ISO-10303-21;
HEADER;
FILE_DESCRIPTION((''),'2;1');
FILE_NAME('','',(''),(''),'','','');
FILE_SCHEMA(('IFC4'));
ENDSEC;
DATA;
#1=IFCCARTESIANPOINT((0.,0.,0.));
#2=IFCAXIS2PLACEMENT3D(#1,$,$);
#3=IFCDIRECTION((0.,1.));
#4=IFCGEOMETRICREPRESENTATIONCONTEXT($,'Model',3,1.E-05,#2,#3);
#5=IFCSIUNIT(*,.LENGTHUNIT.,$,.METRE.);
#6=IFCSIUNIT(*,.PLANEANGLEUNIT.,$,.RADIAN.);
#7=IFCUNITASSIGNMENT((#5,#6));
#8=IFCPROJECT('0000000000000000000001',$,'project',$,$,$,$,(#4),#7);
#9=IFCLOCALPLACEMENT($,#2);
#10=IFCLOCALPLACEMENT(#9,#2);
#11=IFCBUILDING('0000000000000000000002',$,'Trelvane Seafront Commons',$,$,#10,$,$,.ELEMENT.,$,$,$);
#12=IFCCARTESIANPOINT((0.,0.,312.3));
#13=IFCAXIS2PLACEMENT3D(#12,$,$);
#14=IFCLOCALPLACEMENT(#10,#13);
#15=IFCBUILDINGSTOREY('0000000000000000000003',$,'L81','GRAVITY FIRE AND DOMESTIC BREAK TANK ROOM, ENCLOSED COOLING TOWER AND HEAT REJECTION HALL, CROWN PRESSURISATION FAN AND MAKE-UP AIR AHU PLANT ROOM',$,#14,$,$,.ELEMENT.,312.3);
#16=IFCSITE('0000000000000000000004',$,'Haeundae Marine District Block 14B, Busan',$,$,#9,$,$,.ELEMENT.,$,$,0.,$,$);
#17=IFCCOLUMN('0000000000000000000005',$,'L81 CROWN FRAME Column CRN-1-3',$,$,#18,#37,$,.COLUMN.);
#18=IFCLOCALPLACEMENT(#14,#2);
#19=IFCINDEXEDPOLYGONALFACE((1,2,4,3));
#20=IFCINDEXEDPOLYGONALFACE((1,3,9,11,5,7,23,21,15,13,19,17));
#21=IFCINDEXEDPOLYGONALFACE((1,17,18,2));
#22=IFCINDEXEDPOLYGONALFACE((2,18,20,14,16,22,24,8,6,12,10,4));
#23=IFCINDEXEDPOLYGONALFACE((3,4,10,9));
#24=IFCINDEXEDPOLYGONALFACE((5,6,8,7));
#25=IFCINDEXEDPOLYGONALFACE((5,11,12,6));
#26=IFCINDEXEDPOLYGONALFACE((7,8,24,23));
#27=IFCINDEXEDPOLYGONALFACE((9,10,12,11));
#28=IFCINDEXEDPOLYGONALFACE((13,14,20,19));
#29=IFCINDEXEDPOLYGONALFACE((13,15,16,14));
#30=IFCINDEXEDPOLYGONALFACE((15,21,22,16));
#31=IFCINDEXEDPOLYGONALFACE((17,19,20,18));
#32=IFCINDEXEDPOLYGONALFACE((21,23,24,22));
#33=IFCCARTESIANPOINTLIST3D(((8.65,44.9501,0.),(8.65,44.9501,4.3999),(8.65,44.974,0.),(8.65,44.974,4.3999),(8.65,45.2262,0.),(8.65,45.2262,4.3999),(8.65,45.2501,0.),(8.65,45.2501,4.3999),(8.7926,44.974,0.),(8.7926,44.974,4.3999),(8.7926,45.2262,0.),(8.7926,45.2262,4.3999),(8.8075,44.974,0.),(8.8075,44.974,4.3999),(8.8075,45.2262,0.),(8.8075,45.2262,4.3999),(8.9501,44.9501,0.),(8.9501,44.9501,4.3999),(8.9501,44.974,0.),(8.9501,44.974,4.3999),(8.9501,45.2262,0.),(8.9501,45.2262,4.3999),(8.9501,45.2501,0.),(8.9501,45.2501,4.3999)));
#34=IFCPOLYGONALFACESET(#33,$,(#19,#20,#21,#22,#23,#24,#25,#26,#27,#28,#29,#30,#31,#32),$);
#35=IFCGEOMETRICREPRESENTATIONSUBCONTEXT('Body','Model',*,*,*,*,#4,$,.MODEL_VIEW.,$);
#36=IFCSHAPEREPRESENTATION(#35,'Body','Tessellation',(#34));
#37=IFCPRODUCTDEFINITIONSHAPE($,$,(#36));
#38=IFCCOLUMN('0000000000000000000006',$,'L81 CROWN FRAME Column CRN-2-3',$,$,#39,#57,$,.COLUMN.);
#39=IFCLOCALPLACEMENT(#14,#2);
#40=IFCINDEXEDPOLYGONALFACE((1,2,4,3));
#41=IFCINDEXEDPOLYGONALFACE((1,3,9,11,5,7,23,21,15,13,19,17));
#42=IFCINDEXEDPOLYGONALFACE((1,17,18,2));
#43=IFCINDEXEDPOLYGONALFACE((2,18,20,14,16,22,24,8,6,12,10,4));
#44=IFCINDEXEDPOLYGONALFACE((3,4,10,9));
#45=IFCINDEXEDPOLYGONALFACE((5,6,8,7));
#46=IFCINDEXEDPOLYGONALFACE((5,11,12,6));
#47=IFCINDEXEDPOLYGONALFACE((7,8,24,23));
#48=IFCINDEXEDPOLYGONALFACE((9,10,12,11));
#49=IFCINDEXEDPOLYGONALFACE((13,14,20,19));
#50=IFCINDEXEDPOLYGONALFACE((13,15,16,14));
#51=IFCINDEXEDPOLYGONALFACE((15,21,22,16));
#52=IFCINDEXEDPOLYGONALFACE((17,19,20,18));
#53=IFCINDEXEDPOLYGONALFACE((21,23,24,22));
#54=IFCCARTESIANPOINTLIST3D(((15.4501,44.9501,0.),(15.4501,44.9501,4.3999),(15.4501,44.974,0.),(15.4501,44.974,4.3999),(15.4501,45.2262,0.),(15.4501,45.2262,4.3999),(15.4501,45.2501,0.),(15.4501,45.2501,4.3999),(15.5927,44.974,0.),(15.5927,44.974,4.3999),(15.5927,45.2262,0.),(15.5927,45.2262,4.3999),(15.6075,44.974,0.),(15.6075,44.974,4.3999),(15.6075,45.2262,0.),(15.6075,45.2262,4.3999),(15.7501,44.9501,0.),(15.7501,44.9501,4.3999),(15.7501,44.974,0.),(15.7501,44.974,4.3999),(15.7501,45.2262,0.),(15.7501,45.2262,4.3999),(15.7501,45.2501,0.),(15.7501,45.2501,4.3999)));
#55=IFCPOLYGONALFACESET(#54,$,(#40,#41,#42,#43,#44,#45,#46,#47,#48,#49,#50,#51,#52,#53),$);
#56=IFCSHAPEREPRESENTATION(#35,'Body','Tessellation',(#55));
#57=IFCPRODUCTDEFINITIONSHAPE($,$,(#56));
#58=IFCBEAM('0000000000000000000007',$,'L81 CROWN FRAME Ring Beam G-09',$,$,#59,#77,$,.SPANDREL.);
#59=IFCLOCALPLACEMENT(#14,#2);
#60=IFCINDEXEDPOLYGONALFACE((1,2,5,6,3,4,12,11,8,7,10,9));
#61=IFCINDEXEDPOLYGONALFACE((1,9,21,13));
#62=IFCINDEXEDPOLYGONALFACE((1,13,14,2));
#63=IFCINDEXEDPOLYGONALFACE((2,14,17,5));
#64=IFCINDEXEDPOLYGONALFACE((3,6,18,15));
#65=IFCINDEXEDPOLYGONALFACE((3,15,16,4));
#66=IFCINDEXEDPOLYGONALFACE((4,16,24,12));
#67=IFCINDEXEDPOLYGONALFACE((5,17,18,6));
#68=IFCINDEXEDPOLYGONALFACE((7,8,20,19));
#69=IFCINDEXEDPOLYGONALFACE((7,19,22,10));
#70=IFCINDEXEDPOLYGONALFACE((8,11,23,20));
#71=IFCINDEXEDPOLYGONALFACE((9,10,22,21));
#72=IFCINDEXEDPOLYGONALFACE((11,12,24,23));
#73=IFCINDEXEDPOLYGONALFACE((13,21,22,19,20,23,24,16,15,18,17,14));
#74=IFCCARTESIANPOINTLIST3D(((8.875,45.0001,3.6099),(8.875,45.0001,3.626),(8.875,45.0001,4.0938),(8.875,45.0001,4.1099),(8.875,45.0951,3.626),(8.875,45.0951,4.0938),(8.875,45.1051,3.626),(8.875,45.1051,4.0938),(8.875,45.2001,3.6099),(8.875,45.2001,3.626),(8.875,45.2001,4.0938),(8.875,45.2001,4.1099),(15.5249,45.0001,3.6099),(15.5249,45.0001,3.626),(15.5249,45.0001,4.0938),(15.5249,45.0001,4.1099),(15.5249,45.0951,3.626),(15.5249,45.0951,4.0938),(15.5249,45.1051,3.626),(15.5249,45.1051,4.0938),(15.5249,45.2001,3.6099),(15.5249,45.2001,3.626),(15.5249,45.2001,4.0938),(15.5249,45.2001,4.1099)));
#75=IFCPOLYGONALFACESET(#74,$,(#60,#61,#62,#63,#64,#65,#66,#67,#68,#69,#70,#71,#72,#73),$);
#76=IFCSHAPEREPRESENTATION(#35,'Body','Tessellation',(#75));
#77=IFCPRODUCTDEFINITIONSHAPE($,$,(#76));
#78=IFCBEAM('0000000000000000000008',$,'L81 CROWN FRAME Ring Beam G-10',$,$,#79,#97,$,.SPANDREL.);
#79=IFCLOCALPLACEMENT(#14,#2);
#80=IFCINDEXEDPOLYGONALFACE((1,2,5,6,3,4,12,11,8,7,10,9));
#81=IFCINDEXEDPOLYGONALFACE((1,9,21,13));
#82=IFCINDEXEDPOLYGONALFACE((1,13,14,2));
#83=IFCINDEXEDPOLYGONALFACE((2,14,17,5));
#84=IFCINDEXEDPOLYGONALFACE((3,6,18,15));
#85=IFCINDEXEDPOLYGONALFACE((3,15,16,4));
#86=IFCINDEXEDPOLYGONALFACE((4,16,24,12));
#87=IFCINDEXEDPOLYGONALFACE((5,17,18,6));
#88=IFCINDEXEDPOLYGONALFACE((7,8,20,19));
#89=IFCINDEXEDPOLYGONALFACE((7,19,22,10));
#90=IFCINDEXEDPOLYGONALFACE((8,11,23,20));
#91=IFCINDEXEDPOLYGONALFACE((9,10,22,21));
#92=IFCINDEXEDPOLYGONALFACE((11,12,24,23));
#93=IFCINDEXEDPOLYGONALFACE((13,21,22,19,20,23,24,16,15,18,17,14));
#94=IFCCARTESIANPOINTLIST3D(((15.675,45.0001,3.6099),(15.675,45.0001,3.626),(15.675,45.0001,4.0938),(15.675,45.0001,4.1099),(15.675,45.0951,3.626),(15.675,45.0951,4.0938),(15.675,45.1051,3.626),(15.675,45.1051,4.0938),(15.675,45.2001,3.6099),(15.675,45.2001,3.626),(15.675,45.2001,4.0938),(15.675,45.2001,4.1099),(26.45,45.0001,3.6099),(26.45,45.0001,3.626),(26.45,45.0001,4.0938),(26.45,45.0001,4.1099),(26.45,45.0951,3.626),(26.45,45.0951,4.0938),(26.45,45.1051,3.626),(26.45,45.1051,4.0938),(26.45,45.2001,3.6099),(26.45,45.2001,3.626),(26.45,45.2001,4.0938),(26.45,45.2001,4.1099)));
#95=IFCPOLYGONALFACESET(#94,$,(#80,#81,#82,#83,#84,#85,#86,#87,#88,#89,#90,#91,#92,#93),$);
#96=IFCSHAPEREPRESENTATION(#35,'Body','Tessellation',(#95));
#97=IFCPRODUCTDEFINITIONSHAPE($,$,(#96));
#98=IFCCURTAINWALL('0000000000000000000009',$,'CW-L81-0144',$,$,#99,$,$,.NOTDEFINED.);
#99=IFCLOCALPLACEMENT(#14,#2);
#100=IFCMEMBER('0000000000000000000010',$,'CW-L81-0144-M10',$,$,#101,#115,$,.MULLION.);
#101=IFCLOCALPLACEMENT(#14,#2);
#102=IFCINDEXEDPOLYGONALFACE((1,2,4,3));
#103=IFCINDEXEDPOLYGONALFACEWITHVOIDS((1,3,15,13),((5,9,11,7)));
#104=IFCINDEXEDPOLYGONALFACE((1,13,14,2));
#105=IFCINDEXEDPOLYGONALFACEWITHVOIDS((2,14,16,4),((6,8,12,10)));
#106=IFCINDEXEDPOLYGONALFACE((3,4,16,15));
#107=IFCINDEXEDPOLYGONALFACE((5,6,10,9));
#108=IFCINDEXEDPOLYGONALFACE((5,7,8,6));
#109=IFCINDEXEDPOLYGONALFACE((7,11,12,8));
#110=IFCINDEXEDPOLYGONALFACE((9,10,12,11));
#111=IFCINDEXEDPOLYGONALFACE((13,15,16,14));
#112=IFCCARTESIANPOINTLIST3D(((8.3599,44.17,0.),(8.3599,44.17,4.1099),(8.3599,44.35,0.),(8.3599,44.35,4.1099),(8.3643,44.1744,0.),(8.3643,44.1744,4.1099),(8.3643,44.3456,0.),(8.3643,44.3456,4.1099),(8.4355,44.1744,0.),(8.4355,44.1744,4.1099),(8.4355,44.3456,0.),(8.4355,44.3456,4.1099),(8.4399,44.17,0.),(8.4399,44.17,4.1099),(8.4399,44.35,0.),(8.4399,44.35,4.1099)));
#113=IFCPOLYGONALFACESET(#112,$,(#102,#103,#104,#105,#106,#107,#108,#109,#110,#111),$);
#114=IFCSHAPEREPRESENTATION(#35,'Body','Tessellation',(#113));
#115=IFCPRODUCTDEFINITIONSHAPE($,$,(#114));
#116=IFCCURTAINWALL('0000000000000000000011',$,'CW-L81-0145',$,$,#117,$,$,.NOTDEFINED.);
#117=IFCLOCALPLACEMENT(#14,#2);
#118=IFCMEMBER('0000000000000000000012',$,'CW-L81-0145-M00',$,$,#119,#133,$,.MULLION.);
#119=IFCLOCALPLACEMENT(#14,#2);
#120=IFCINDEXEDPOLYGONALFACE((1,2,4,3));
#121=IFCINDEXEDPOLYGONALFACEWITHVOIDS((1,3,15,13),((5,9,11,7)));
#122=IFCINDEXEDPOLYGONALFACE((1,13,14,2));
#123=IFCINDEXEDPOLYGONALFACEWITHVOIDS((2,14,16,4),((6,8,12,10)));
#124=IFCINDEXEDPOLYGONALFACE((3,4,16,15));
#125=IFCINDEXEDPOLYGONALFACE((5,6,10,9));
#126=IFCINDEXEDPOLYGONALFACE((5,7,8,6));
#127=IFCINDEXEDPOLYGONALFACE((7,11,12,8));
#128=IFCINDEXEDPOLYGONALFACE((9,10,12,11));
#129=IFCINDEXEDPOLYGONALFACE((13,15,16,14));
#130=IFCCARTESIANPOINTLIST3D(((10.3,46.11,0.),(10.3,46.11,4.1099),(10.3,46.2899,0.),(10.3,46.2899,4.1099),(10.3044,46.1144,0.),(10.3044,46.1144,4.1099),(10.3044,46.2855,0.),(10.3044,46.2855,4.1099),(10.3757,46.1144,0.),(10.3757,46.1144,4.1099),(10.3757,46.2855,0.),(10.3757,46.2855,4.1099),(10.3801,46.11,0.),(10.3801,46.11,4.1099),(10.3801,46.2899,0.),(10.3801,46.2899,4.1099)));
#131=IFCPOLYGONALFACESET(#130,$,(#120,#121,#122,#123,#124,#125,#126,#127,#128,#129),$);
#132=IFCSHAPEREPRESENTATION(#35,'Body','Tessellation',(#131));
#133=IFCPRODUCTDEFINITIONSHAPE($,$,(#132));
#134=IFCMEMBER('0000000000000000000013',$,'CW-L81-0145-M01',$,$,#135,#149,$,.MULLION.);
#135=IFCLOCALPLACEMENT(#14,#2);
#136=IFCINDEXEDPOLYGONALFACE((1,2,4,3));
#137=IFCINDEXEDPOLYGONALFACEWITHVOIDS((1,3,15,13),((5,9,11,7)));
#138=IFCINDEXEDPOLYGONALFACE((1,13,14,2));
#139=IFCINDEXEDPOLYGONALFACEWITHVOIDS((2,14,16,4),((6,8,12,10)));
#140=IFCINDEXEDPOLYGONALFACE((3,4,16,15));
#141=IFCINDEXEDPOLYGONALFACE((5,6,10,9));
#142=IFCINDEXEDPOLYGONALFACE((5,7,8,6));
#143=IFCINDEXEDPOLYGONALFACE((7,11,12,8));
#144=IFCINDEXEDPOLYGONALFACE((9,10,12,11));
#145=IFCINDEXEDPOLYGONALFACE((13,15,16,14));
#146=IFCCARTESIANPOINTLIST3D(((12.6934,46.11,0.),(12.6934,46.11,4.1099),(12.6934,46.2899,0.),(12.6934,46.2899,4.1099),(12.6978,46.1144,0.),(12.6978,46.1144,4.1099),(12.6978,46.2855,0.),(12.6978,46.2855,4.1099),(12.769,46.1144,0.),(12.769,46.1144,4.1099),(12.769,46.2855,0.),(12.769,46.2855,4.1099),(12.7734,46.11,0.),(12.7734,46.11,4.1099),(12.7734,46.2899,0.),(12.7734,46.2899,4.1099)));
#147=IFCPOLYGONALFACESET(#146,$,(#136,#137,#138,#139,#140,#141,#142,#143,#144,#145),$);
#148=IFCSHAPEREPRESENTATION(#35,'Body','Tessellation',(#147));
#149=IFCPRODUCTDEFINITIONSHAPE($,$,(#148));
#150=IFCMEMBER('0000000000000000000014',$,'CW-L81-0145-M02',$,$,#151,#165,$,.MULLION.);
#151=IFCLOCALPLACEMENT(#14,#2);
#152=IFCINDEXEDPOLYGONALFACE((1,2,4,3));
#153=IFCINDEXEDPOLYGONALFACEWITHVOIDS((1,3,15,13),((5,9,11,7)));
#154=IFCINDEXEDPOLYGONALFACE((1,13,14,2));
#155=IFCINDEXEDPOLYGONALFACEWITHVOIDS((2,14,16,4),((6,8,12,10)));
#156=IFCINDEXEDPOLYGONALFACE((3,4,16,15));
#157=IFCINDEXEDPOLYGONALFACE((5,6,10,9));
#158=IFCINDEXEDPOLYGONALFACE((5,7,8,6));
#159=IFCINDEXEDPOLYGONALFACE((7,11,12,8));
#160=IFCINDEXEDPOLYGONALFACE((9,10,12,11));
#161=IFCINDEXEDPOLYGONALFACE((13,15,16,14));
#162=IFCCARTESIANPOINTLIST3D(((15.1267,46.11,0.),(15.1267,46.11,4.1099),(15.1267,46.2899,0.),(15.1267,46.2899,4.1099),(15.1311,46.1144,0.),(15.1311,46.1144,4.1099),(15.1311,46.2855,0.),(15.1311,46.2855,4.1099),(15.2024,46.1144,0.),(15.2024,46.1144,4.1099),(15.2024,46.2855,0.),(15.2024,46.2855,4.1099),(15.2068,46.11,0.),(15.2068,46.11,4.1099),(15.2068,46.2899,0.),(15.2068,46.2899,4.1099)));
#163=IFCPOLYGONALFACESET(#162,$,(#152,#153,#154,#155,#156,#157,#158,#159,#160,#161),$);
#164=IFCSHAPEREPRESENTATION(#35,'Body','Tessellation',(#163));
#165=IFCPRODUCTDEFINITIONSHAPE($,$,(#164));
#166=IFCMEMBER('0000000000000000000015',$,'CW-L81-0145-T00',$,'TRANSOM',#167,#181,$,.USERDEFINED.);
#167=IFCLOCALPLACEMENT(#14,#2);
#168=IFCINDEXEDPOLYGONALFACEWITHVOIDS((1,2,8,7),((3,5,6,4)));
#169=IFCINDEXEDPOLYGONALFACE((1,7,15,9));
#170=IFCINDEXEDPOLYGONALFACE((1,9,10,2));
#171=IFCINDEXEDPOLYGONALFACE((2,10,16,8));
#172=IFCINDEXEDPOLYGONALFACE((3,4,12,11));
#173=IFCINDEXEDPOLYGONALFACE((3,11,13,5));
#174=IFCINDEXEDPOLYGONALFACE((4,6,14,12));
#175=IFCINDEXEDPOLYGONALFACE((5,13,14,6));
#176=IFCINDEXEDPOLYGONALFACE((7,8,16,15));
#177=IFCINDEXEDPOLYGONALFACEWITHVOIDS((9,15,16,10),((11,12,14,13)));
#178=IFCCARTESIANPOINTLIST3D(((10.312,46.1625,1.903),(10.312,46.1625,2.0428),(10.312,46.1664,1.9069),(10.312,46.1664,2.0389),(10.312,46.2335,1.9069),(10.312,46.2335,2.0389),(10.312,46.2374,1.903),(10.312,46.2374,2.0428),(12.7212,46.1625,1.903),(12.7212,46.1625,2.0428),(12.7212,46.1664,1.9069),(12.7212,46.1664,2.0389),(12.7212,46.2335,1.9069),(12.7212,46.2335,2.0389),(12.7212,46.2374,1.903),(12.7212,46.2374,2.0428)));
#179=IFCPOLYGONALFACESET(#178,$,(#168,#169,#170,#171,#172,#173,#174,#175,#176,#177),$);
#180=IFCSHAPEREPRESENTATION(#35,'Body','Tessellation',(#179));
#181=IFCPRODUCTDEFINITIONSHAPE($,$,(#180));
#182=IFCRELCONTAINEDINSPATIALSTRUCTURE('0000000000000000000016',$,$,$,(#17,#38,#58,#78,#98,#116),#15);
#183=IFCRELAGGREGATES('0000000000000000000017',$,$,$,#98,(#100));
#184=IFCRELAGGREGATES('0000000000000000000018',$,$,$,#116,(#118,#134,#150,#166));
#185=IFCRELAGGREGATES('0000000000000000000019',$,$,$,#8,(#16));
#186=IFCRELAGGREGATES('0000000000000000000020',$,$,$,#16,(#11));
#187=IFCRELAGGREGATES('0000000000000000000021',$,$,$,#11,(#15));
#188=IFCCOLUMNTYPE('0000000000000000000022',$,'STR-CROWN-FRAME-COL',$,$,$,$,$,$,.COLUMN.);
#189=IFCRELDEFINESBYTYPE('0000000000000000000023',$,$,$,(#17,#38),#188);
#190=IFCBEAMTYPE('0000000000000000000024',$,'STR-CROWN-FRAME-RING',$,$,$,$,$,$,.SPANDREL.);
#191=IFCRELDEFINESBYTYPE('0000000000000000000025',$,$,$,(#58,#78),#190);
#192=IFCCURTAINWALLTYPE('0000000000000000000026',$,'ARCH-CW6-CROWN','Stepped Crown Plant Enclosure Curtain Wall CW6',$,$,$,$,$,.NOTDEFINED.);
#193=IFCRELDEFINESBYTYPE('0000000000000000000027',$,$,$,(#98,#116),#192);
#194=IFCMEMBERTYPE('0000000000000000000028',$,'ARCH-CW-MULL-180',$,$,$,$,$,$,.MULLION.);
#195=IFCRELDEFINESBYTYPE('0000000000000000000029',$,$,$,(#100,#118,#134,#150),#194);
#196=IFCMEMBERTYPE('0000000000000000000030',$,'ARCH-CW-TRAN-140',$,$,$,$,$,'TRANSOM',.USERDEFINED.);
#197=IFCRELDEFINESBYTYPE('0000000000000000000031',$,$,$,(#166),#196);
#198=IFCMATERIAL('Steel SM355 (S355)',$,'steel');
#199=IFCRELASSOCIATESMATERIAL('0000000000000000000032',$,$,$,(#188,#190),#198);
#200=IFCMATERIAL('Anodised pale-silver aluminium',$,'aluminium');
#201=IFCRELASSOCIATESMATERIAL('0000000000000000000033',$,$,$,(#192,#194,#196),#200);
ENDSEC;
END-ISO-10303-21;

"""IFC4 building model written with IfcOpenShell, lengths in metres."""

from ifc_helpers import new_model, si_unit, direction, frame, origin, origin_2d, place, context, subcontext, project, spatial, hollow_rectangle, i_section, extrude, source, transform, mapped, material, material_profile, profile_set, type_object, element, aggregate, save


model = new_model("IFC4")

# Units and contexts
model_context = context("Model", 3, precision=1e-05, world=origin(), true_north=direction((0.0, 1.0)))
body_context = subcontext(model_context, "Body", "Model", "MODEL_VIEW")
ifc_project = project(units=[si_unit("LENGTHUNIT", "METRE"), si_unit("PLANEANGLEUNIT", "RADIAN")], contexts=[model_context])

# Site, building, storey
site_placement = place(None, origin())
site = spatial("IfcSite", under=ifc_project, at=site_placement, Name="Haeundae Marine District Block 14B, Busan", CompositionType="ELEMENT", RefElevation=0.0)
building_placement = place(site_placement, origin())
building = spatial("IfcBuilding", under=site, at=building_placement, Name="Trelvane Seafront Commons", CompositionType="ELEMENT")
storey_placement = place(building_placement, frame((0.0, 0.0, 312.3)))
storey = spatial("IfcBuildingStorey", under=building, at=storey_placement, Name="L81", Description="GRAVITY FIRE AND DOMESTIC BREAK TANK ROOM, ENCLOSED COOLING TOWER AND HEAT REJECTION HALL, CROWN PRESSURISATION FAN AND MAKE-UP AIR AHU PLANT ROOM", CompositionType="ELEMENT", Elevation=312.3)

# Columns
ifc_material_1 = material(Name="Steel SM355 (S355)", Category="steel")
ifc_material_profile_1 = material_profile(ifc_material_1, i_section(OverallWidth=0.3, OverallDepth=0.3, WebThickness=0.0149, FlangeThickness=0.0239, at=origin_2d()), Name="HD-300x300x15x24")
ifc_profile_set_1 = profile_set([ifc_material_profile_1], Name="Steel SM355 (S355)")
column_type = type_object("IfcColumnType", Name="STR-CROWN-FRAME-COL", PredefinedType="COLUMN", material=ifc_profile_set_1)
shared_shape_1 = source(origin(), body_context, "Body", "SweptSolid", [
    extrude(i_section(OverallWidth=0.3, OverallDepth=0.3, WebThickness=0.0149, FlangeThickness=0.0239, at=origin_2d()), origin(), (0.0, 0.0, 1.0), 4.3999),
])
for number, where, z_axis, x_axis, name in (
    (1, (8.8, 45.1001, 0.0), (0.0, 0.0, 1.0), (1.0, 0.0, 0.0), "L81 CROWN FRAME Column CRN-1-3"),
    (2, (15.6001, 45.1001, 0.0), (0.0, 0.0, 1.0), (1.0, 0.0, 0.0), "L81 CROWN FRAME Column CRN-2-3"),
):
    element("IfcColumn", number, at=place(storey_placement, frame(where, z_axis=z_axis, x_axis=x_axis)), inside=storey, type_object=column_type, Name=name, PredefinedType="COLUMN", context=body_context, shape_type="MappedRepresentation", body=[
        mapped(shared_shape_1, transform((0.0, 0.0, 0.0), x_axis=(1.0, 0.0, 0.0), y_axis=(0.0, 1.0, 0.0), z_axis=(0.0, 0.0, 1.0), scale=1.0)),
    ])

# Beams
ifc_material_profile_2 = material_profile(ifc_material_1, i_section(OverallWidth=0.2, OverallDepth=0.5, WebThickness=0.01, FlangeThickness=0.0161, at=origin_2d()), Name="H-500x200x10x16")
ifc_profile_set_2 = profile_set([ifc_material_profile_2], Name="Steel SM355 (S355)")
beam_type = type_object("IfcBeamType", Name="STR-CROWN-FRAME-RING", PredefinedType="SPANDREL", material=ifc_profile_set_2)
shared_shape_2 = source(origin(), body_context, "Body", "SweptSolid", [
    extrude(i_section(OverallWidth=0.2, OverallDepth=0.5, WebThickness=0.01, FlangeThickness=0.0161, at=origin_2d()), origin(), (0.0, 0.0, 1.0), 6.6499),
])
beam_1_placement = place(storey_placement, frame((8.875, 45.1001, 3.8599), z_axis=(1.0, 0.0, 0.0), x_axis=(0.0, 1.0, 0.0)))
element("IfcBeam", 3, at=beam_1_placement, inside=storey, type_object=beam_type, Name="L81 CROWN FRAME Ring Beam G-09", PredefinedType="SPANDREL", context=body_context, shape_type="MappedRepresentation", body=[
    mapped(shared_shape_2, transform((0.0, 0.0, 0.0), x_axis=(1.0, 0.0, 0.0), y_axis=(0.0, 1.0, 0.0), z_axis=(0.0, 0.0, 1.0), scale=1.0)),
])
shared_shape_3 = source(origin(), body_context, "Body", "SweptSolid", [
    extrude(i_section(OverallWidth=0.2, OverallDepth=0.5, WebThickness=0.01, FlangeThickness=0.0161, at=origin_2d()), origin(), (0.0, 0.0, 1.0), 10.7749),
])
beam_2_placement = place(storey_placement, frame((15.675, 45.1001, 3.8599), z_axis=(1.0, 0.0, 0.0), x_axis=(0.0, 1.0, 0.0)))
element("IfcBeam", 4, at=beam_2_placement, inside=storey, type_object=beam_type, Name="L81 CROWN FRAME Ring Beam G-10", PredefinedType="SPANDREL", context=body_context, shape_type="MappedRepresentation", body=[
    mapped(shared_shape_3, transform((0.0, 0.0, 0.0), x_axis=(1.0, 0.0, 0.0), y_axis=(0.0, 1.0, 0.0), z_axis=(0.0, 0.0, 1.0), scale=1.0)),
])

# Curtain wall, member
ifc_material_2 = material(Name="Anodised pale-silver aluminium", Category="aluminium")
curtain_wall_type = type_object("IfcCurtainWallType", Name="ARCH-CW6-CROWN", Description="Stepped Crown Plant Enclosure Curtain Wall CW6", PredefinedType="NOTDEFINED", material=ifc_material_2)
curtain_wall_1_placement = place(storey_placement, origin())
curtain_wall_1 = element("IfcCurtainWall", 5, at=curtain_wall_1_placement, inside=storey, type_object=curtain_wall_type, Name="CW-L81-0144", PredefinedType="NOTDEFINED")
ifc_material_profile_3 = material_profile(ifc_material_2, hollow_rectangle(XDim=0.0801, YDim=0.1799, WallThickness=0.0044, at=origin_2d()), Name="MULL-80x180x4.5")
ifc_profile_set_3 = profile_set([ifc_material_profile_3], Name="Anodised pale-silver aluminium")
member_type_1 = type_object("IfcMemberType", Name="ARCH-CW-MULL-180", PredefinedType="MULLION", material=ifc_profile_set_3)
shared_shape_4 = source(origin(), body_context, "Body", "SweptSolid", [
    extrude(hollow_rectangle(XDim=0.0801, YDim=0.1799, WallThickness=0.0044, at=origin_2d()), origin(), (0.0, 0.0, 1.0), 4.1099),
])
member_1_placement = place(storey_placement, frame((8.3999, 44.26, 0.0), z_axis=(0.0, 0.0, 1.0), x_axis=(1.0, 0.0, 0.0)))
member_1 = element("IfcMember", 6, at=member_1_placement, type_object=member_type_1, Name="CW-L81-0144-M10", PredefinedType="MULLION", context=body_context, shape_type="MappedRepresentation", body=[
    mapped(shared_shape_4, transform((0.0, 0.0, 0.0), x_axis=(1.0, 0.0, 0.0), y_axis=(0.0, 1.0, 0.0), z_axis=(0.0, 0.0, 1.0), scale=1.0)),
])
aggregate(curtain_wall_1, [member_1])

# Curtain wall, members
curtain_wall_2_placement = place(storey_placement, origin())
curtain_wall_2 = element("IfcCurtainWall", 7, at=curtain_wall_2_placement, inside=storey, type_object=curtain_wall_type, Name="CW-L81-0145", PredefinedType="NOTDEFINED")
member_2_placement = place(storey_placement, frame((10.3401, 46.2, 0.0), z_axis=(0.0, 0.0, 1.0), x_axis=(1.0, 0.0, 0.0)))
member_2 = element("IfcMember", 8, at=member_2_placement, type_object=member_type_1, Name="CW-L81-0145-M00", PredefinedType="MULLION", context=body_context, shape_type="MappedRepresentation", body=[
    mapped(shared_shape_4, transform((0.0, 0.0, 0.0), x_axis=(1.0, 0.0, 0.0), y_axis=(0.0, 1.0, 0.0), z_axis=(0.0, 0.0, 1.0), scale=1.0)),
])
member_3_placement = place(storey_placement, frame((12.7334, 46.2, 0.0), z_axis=(0.0, 0.0, 1.0), x_axis=(1.0, 0.0, 0.0)))
member_3 = element("IfcMember", 9, at=member_3_placement, type_object=member_type_1, Name="CW-L81-0145-M01", PredefinedType="MULLION", context=body_context, shape_type="MappedRepresentation", body=[
    mapped(shared_shape_4, transform((0.0, 0.0, 0.0), x_axis=(1.0, 0.0, 0.0), y_axis=(0.0, 1.0, 0.0), z_axis=(0.0, 0.0, 1.0), scale=1.0)),
])
member_4_placement = place(storey_placement, frame((15.1667, 46.2, 0.0), z_axis=(0.0, 0.0, 1.0), x_axis=(1.0, 0.0, 0.0)))
member_4 = element("IfcMember", 10, at=member_4_placement, type_object=member_type_1, Name="CW-L81-0145-M02", PredefinedType="MULLION", context=body_context, shape_type="MappedRepresentation", body=[
    mapped(shared_shape_4, transform((0.0, 0.0, 0.0), x_axis=(1.0, 0.0, 0.0), y_axis=(0.0, 1.0, 0.0), z_axis=(0.0, 0.0, 1.0), scale=1.0)),
])
ifc_material_profile_4 = material_profile(ifc_material_2, hollow_rectangle(XDim=0.075, YDim=0.1399, WallThickness=0.0039, at=origin_2d()), Name="TRAN-75x140x4")
ifc_profile_set_4 = profile_set([ifc_material_profile_4], Name="Anodised pale-silver aluminium")
member_type_2 = type_object("IfcMemberType", Name="ARCH-CW-TRAN-140", ElementType="TRANSOM", PredefinedType="USERDEFINED", material=ifc_profile_set_4)
shared_shape_5 = source(origin(), body_context, "Body", "SweptSolid", [
    extrude(hollow_rectangle(XDim=0.075, YDim=0.1399, WallThickness=0.0039, at=origin_2d()), origin(), (0.0, 0.0, 1.0), 2.4092),
])
member_5_placement = place(storey_placement, frame((10.312, 46.2, 1.9729), z_axis=(1.0, 0.0, 0.0), x_axis=(0.0, 1.0, 0.0)))
member_5 = element("IfcMember", 11, at=member_5_placement, type_object=member_type_2, Name="CW-L81-0145-T00", ObjectType="TRANSOM", PredefinedType="USERDEFINED", context=body_context, shape_type="MappedRepresentation", body=[
    mapped(shared_shape_5, transform((0.0, 0.0, 0.0), x_axis=(1.0, 0.0, 0.0), y_axis=(0.0, 1.0, 0.0), z_axis=(0.0, 0.0, 1.0), scale=1.0)),
])

aggregate(curtain_wall_2, [member_2, member_3, member_4, member_5])

save(model, "model.ifc")
